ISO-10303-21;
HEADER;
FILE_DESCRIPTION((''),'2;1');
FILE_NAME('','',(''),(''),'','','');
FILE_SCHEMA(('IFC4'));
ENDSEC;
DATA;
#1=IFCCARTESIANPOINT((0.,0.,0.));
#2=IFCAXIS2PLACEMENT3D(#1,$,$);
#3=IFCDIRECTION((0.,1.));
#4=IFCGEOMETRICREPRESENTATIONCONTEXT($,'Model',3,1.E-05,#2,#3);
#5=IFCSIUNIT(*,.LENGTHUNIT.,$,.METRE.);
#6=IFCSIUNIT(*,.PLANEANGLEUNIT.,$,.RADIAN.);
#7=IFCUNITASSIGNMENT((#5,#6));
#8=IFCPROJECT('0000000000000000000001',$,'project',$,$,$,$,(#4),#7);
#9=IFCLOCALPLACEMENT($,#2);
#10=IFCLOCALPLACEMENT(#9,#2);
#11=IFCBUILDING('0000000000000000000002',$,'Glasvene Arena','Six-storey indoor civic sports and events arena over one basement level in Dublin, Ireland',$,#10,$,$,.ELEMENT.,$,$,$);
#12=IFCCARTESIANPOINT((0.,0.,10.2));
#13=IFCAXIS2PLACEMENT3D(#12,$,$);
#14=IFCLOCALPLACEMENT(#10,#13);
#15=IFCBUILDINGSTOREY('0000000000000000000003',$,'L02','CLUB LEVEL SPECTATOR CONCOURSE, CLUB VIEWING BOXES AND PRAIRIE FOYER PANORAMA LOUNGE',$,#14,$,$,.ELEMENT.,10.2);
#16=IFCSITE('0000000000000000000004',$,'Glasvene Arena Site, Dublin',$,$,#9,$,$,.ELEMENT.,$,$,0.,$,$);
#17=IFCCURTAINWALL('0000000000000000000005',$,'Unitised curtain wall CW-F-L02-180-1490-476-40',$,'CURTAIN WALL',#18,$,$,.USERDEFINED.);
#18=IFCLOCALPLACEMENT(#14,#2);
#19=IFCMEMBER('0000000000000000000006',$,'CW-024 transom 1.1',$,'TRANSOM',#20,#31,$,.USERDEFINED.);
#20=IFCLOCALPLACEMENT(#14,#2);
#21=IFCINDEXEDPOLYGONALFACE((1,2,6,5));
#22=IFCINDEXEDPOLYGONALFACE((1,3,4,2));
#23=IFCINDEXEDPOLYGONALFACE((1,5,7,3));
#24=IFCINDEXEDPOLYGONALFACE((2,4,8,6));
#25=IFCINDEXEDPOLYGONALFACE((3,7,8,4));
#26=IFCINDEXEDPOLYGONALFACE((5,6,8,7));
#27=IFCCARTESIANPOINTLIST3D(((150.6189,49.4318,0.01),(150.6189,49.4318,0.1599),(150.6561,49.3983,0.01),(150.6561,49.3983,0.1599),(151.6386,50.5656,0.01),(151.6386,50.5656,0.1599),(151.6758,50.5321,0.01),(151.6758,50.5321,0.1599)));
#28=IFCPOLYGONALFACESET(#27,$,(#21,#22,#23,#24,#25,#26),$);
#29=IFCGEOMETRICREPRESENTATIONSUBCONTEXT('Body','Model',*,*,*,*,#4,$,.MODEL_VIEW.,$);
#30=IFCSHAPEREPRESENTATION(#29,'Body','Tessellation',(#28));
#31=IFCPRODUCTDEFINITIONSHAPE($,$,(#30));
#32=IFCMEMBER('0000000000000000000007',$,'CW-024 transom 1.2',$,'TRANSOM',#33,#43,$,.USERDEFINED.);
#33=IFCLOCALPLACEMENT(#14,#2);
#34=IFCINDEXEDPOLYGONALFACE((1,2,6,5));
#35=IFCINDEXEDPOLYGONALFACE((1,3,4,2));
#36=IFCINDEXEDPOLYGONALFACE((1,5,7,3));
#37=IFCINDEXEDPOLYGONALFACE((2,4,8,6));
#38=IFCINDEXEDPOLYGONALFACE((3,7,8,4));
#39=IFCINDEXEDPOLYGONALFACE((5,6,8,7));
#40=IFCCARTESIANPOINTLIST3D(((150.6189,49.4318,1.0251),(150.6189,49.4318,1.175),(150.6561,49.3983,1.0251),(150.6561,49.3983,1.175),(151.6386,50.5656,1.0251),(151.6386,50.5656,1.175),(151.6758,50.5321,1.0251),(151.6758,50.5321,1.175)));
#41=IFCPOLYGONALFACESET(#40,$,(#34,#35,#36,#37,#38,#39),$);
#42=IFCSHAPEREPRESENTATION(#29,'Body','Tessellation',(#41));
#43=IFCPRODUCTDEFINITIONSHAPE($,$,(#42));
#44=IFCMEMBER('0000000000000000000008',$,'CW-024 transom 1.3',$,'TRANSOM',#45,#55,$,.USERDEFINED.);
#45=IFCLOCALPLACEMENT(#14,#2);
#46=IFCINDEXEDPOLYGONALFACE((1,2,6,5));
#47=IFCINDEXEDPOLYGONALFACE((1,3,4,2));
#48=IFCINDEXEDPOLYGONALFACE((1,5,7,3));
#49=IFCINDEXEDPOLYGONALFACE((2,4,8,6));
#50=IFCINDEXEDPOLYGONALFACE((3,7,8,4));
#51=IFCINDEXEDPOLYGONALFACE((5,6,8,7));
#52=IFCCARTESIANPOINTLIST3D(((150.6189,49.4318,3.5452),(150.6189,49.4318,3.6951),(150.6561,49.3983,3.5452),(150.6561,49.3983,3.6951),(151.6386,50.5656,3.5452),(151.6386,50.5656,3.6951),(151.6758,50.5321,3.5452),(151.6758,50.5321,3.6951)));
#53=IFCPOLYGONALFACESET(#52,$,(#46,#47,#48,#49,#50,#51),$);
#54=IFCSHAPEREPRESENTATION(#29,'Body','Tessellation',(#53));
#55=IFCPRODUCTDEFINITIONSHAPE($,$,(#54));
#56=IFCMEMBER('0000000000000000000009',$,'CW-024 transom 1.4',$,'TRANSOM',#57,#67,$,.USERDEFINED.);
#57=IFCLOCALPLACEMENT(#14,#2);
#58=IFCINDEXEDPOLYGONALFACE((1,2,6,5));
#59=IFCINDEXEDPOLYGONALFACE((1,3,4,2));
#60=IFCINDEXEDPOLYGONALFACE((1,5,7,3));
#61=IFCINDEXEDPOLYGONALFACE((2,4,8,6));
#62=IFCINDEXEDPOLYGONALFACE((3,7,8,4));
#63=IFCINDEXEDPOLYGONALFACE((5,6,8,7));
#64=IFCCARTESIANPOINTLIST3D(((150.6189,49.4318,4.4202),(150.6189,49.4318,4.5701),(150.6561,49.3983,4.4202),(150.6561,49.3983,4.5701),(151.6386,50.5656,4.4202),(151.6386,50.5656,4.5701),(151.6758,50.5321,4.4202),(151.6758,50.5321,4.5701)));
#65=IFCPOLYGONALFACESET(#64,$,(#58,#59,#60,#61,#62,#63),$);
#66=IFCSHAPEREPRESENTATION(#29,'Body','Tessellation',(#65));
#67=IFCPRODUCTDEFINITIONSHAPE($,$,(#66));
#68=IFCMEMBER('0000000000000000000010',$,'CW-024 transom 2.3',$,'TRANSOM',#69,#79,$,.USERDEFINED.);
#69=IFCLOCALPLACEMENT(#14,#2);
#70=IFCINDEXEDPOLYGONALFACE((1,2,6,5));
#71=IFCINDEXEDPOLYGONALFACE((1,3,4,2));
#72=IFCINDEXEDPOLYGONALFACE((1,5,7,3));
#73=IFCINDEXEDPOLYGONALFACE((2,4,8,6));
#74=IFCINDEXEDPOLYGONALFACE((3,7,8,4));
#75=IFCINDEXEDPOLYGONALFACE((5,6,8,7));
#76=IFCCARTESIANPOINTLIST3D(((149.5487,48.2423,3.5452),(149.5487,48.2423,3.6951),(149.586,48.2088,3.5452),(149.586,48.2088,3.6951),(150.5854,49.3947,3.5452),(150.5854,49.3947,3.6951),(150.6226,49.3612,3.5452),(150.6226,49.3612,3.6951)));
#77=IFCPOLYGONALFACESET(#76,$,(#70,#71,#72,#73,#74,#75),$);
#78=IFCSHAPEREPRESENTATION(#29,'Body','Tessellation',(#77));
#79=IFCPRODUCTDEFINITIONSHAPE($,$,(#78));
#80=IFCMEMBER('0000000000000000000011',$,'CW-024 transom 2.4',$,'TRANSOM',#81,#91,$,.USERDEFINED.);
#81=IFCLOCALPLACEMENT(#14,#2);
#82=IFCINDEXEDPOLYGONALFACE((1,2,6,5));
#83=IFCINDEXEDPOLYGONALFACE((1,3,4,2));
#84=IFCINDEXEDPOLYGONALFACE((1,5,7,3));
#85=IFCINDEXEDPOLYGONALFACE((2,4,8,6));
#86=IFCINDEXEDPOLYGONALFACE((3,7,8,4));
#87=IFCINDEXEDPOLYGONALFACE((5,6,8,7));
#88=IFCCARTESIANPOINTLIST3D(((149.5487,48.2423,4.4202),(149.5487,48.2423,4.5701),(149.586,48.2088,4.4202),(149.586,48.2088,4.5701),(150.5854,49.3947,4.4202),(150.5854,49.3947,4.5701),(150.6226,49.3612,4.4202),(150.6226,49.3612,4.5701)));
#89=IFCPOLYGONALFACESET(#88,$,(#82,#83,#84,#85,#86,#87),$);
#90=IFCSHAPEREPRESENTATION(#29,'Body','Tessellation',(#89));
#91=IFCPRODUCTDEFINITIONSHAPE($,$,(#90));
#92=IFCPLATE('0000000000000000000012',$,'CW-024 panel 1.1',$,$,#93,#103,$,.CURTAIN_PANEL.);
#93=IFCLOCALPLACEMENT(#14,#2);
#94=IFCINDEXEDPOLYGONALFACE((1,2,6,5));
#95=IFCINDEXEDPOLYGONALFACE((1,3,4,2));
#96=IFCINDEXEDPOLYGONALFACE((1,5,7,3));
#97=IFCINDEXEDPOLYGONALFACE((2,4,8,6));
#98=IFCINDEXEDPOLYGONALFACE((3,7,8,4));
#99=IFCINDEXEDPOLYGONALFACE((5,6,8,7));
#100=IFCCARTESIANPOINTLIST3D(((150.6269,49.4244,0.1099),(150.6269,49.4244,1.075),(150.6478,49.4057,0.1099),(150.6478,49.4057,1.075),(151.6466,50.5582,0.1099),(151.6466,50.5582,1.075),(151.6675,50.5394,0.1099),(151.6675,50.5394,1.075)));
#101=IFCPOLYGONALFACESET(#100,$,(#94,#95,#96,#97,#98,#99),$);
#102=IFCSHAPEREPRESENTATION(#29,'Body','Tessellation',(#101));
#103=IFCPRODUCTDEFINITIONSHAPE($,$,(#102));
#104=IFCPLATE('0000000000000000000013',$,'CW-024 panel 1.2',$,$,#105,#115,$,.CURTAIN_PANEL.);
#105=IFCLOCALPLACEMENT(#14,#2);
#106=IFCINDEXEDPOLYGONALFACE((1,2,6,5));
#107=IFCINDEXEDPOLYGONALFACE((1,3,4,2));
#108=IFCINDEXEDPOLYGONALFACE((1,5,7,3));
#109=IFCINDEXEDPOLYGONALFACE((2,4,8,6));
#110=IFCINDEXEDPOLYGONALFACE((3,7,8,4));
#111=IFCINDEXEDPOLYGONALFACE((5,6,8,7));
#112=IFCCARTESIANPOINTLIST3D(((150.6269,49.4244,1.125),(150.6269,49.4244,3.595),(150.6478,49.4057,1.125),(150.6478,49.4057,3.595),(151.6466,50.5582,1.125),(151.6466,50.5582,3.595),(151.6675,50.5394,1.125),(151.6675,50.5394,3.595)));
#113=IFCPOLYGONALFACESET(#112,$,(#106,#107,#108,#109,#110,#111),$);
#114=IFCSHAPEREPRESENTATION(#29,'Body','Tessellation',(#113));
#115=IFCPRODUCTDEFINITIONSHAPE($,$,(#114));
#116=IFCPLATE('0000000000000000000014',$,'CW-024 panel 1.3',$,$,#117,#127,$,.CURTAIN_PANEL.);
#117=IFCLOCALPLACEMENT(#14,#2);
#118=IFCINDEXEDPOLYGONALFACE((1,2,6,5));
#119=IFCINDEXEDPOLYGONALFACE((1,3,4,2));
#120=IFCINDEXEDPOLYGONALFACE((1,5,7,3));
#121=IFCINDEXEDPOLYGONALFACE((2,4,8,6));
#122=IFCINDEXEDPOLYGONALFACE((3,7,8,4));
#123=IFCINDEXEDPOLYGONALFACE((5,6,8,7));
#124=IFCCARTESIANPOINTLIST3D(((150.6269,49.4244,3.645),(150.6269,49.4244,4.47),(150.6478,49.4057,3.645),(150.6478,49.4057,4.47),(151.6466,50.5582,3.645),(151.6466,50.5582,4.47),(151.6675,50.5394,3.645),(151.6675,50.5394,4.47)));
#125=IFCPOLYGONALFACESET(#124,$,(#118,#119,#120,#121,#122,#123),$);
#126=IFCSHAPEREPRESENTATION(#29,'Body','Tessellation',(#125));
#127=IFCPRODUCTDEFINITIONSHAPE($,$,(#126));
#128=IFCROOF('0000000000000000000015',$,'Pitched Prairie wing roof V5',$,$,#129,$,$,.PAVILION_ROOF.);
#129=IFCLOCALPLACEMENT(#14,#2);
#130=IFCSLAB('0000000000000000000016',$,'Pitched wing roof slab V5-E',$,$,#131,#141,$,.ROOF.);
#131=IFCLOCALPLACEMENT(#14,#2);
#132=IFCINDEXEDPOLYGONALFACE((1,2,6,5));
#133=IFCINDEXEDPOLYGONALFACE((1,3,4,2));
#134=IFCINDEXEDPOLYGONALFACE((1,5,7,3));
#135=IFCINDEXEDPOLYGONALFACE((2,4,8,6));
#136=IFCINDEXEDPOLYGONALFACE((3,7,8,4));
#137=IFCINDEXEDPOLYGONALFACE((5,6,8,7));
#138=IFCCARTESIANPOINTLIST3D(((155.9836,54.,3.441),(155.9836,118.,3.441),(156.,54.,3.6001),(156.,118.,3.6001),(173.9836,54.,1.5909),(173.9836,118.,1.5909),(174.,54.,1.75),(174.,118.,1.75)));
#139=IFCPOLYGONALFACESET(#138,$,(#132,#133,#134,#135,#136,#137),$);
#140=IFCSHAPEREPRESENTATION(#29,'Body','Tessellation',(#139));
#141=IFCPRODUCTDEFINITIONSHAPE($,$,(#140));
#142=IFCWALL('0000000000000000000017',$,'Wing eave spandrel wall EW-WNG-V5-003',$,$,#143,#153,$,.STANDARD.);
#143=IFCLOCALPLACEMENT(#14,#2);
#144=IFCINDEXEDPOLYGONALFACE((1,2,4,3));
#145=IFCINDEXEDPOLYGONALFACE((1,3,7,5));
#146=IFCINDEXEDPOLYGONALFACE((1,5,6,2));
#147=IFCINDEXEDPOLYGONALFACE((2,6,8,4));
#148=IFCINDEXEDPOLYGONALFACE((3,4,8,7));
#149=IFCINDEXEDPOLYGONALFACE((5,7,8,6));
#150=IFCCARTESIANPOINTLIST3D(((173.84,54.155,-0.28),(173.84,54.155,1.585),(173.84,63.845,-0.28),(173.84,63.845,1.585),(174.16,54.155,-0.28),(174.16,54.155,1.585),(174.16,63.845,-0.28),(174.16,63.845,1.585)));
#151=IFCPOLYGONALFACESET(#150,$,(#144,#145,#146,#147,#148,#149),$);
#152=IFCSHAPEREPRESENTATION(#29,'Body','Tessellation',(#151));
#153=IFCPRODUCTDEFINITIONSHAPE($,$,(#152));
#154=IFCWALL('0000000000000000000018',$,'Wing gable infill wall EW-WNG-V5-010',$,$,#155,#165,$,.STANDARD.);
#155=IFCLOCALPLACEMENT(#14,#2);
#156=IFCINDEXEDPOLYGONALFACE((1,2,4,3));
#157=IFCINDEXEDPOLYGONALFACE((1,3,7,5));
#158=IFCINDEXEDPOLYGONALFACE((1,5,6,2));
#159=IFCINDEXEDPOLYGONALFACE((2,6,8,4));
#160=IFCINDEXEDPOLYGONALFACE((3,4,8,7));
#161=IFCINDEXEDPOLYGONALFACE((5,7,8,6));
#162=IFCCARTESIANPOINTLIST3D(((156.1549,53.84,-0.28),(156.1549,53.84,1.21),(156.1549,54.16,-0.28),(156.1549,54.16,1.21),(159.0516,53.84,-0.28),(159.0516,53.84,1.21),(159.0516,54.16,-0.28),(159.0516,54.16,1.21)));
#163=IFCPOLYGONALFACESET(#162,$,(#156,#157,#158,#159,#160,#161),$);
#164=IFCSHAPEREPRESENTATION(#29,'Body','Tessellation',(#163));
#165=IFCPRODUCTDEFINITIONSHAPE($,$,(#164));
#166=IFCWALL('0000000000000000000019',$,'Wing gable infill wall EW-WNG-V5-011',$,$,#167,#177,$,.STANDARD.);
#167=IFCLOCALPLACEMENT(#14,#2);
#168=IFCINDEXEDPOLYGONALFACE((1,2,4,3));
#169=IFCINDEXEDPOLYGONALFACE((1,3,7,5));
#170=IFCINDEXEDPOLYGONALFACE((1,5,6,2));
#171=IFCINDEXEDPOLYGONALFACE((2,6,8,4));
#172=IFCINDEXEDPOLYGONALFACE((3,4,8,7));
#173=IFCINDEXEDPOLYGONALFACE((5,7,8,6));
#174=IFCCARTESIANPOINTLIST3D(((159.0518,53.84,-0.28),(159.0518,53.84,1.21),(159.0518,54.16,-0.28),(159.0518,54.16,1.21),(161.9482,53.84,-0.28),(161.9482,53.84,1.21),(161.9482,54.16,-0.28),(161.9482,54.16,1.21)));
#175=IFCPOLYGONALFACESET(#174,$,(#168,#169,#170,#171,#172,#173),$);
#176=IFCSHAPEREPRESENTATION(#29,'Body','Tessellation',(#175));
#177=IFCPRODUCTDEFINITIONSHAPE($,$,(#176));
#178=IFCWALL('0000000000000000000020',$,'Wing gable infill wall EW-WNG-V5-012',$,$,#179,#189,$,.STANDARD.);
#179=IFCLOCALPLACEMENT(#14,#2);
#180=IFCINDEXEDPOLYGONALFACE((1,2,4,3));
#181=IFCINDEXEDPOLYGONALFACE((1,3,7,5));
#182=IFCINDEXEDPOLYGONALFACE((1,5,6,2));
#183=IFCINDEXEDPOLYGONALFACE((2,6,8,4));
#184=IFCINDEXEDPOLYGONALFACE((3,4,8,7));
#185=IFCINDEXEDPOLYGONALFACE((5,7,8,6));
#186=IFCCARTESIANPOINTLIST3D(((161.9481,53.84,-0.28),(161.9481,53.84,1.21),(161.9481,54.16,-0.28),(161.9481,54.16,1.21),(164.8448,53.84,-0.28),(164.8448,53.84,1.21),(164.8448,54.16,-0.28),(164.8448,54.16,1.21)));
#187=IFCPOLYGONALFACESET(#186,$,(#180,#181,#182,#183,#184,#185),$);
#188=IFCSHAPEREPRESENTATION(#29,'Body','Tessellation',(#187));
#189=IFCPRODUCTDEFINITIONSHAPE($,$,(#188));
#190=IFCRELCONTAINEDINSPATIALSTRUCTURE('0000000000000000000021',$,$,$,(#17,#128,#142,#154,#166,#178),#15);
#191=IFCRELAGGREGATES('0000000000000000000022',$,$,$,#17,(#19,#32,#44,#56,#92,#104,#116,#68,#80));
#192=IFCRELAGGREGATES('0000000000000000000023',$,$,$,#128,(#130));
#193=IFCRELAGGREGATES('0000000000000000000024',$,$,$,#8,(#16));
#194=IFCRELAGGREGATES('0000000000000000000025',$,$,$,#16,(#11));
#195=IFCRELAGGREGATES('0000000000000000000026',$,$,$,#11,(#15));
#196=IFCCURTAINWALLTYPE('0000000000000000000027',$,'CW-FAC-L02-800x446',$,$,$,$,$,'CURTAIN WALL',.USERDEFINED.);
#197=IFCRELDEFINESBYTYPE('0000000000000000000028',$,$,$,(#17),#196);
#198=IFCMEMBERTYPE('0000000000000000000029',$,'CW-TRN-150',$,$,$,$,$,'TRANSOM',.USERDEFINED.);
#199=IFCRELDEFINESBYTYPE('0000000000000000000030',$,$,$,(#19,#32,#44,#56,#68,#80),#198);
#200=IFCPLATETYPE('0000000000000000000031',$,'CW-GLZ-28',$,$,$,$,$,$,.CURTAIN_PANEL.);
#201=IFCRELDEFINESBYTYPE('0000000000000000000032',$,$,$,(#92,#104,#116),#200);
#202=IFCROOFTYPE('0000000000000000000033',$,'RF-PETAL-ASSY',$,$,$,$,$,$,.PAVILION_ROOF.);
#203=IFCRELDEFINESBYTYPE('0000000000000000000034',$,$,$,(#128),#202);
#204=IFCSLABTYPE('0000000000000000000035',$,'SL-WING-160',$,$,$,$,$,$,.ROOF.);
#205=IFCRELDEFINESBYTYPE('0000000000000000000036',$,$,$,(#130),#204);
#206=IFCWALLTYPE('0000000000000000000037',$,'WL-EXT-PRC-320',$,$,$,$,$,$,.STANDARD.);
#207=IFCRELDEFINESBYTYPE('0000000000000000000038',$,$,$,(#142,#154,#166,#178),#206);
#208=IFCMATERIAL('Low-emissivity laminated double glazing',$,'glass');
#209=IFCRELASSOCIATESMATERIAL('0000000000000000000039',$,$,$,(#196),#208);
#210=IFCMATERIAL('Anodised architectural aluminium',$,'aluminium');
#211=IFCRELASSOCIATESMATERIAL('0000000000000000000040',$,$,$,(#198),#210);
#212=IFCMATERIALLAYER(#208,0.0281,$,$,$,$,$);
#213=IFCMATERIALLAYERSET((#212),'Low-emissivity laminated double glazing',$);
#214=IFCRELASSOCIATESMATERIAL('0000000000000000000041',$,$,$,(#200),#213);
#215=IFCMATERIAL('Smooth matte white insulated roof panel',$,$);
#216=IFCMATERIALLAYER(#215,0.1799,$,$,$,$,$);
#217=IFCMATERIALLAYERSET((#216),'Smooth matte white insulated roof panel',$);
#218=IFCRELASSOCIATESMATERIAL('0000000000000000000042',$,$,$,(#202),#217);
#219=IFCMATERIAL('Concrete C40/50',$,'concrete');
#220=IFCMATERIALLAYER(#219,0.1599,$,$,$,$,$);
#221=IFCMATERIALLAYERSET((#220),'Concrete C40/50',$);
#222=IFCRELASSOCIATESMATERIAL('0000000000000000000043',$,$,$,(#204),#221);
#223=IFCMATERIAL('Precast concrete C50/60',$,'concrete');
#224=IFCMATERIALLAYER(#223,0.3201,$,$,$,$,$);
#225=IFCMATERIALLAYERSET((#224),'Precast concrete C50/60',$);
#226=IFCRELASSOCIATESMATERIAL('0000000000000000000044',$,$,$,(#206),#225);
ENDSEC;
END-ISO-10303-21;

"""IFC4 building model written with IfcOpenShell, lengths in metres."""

from ifc_helpers import new_model, si_unit, direction, frame, frame_2d, origin, origin_2d, place, context, subcontext, project, spatial, polyline, rectangle, outline, extrude, material, layer, layer_set, material_profile, profile_set, type_object, element, aggregate, save


model = new_model("IFC4")

# Units and contexts
model_context = context("Model", 3, precision=1e-05, world=origin(), true_north=direction((0.0, 1.0)))
body_context = subcontext(model_context, "Body", "Model", "MODEL_VIEW")
ifc_project = project(units=[si_unit("LENGTHUNIT", "METRE"), si_unit("PLANEANGLEUNIT", "RADIAN")], contexts=[model_context])

# Site, building, storey
site_placement = place(None, origin())
site = spatial("IfcSite", under=ifc_project, at=site_placement, Name="Glasvene Arena Site, Dublin", CompositionType="ELEMENT", RefElevation=0.0)
building_placement = place(site_placement, origin())
building = spatial("IfcBuilding", under=site, at=building_placement, Name="Glasvene Arena", Description="Six-storey indoor civic sports and events arena over one basement level in Dublin, Ireland", CompositionType="ELEMENT")
storey_placement = place(building_placement, frame((0.0, 0.0, 10.2)))
storey = spatial("IfcBuildingStorey", under=building, at=storey_placement, Name="L02", Description="CLUB LEVEL SPECTATOR CONCOURSE, CLUB VIEWING BOXES AND PRAIRIE FOYER PANORAMA LOUNGE", CompositionType="ELEMENT", Elevation=10.2)

# Curtain wall, members, plates
ifc_material_1 = material(Name="Low-emissivity laminated double glazing", Category="glass")
curtain_wall_type = type_object("IfcCurtainWallType", Name="CW-FAC-L02-800x446", ElementType="CURTAIN WALL", PredefinedType="USERDEFINED", material=ifc_material_1)
curtain_wall_placement = place(storey_placement, frame((151.6907, 50.5862, 0.0)))
curtain_wall = element("IfcCurtainWall", 1, at=curtain_wall_placement, inside=storey, type_object=curtain_wall_type, Name="Unitised curtain wall CW-F-L02-180-1490-476-40", ObjectType="CURTAIN WALL", PredefinedType="USERDEFINED")
ifc_material_2 = material(Name="Anodised architectural aluminium", Category="aluminium")
ifc_material_profile_1 = material_profile(ifc_material_2, rectangle(XDim=0.05, YDim=0.1499, at=origin_2d()), Name="ALU TRANSOM 50x150")
ifc_profile_set_1 = profile_set([ifc_material_profile_1], Name="Anodised architectural aluminium")
member_type_1 = type_object("IfcMemberType", Name="CW-TRN-150", ElementType="TRANSOM", PredefinedType="USERDEFINED", material=ifc_profile_set_1)
member_1_placement = place(storey_placement, frame((151.6572, 50.5488, 0.085), z_axis=(-0.668735, -0.743501, 0.0), x_axis=(0.743501, -0.668735, 0.0)))
member_1 = element("IfcMember", 2, at=member_1_placement, type_object=member_type_1, Name="CW-024 transom 1.1", ObjectType="TRANSOM", PredefinedType="USERDEFINED", context=body_context, shape_type="SweptSolid", body=[
    extrude(rectangle(XDim=0.05, YDim=0.1499, at=origin_2d()), origin(), (0.0, 0.0, 1.0), 1.5249),
])
member_2_placement = place(storey_placement, frame((151.6572, 50.5488, 1.1001), z_axis=(-0.668735, -0.743501, 0.0), x_axis=(0.743501, -0.668735, 0.0)))
member_2 = element("IfcMember", 3, at=member_2_placement, type_object=member_type_1, Name="CW-024 transom 1.2", ObjectType="TRANSOM", PredefinedType="USERDEFINED", context=body_context, shape_type="SweptSolid", body=[
    extrude(rectangle(XDim=0.05, YDim=0.1499, at=origin_2d()), origin(), (0.0, 0.0, 1.0), 1.5249),
])
member_3_placement = place(storey_placement, frame((151.6572, 50.5488, 3.6201), z_axis=(-0.668735, -0.743501, 0.0), x_axis=(0.743501, -0.668735, 0.0)))
member_3 = element("IfcMember", 4, at=member_3_placement, type_object=member_type_1, Name="CW-024 transom 1.3", ObjectType="TRANSOM", PredefinedType="USERDEFINED", context=body_context, shape_type="SweptSolid", body=[
    extrude(rectangle(XDim=0.05, YDim=0.1499, at=origin_2d()), origin(), (0.0, 0.0, 1.0), 1.5249),
])
member_4_placement = place(storey_placement, frame((151.6572, 50.5488, 4.4951), z_axis=(-0.668735, -0.743501, 0.0), x_axis=(0.743501, -0.668735, 0.0)))
member_4 = element("IfcMember", 5, at=member_4_placement, type_object=member_type_1, Name="CW-024 transom 1.4", ObjectType="TRANSOM", PredefinedType="USERDEFINED", context=body_context, shape_type="SweptSolid", body=[
    extrude(rectangle(XDim=0.05, YDim=0.1499, at=origin_2d()), origin(), (0.0, 0.0, 1.0), 1.5249),
])
member_5_placement = place(storey_placement, frame((150.604, 49.3779, 3.6201), z_axis=(-0.668791, -0.743451, 0.0), x_axis=(0.743451, -0.668791, 0.0)))
member_5 = element("IfcMember", 6, at=member_5_placement, type_object=member_type_1, Name="CW-024 transom 2.3", ObjectType="TRANSOM", PredefinedType="USERDEFINED", context=body_context, shape_type="SweptSolid", body=[
    extrude(rectangle(XDim=0.05, YDim=0.1499, at=origin_2d()), origin(), (0.0, 0.0, 1.0), 1.55),
])
member_6_placement = place(storey_placement, frame((150.604, 49.3779, 4.4951), z_axis=(-0.668791, -0.743451, 0.0), x_axis=(0.743451, -0.668791, 0.0)))
member_6 = element("IfcMember", 7, at=member_6_placement, type_object=member_type_1, Name="CW-024 transom 2.4", ObjectType="TRANSOM", PredefinedType="USERDEFINED", context=body_context, shape_type="SweptSolid", body=[
    extrude(rectangle(XDim=0.05, YDim=0.1499, at=origin_2d()), origin(), (0.0, 0.0, 1.0), 1.55),
])
ifc_layer_1 = layer(ifc_material_1, 0.0281)
ifc_layer_set_1 = layer_set([ifc_layer_1], Name="Low-emissivity laminated double glazing")
plate_type = type_object("IfcPlateType", Name="CW-GLZ-28", PredefinedType="CURTAIN_PANEL", material=ifc_layer_set_1)
plate_1_placement = place(storey_placement, frame((151.1472, 49.9819, 0.1099), z_axis=(0.0, 0.0, 1.0), x_axis=(-0.668723, -0.743512, 0.0)))
plate_1 = element("IfcPlate", 8, at=plate_1_placement, type_object=plate_type, Name="CW-024 panel 1.1", PredefinedType="CURTAIN_PANEL", context=body_context, shape_type="SweptSolid", body=[
    extrude(rectangle(XDim=1.5249, YDim=0.0281, at=origin_2d()), origin(), (0.0, 0.0, 1.0), 0.9651),
])
plate_2_placement = place(storey_placement, frame((151.1472, 49.9819, 1.125), z_axis=(0.0, 0.0, 1.0), x_axis=(-0.668723, -0.743512, 0.0)))
plate_2 = element("IfcPlate", 9, at=plate_2_placement, type_object=plate_type, Name="CW-024 panel 1.2", PredefinedType="CURTAIN_PANEL", context=body_context, shape_type="SweptSolid", body=[
    extrude(rectangle(XDim=1.5249, YDim=0.0281, at=origin_2d()), origin(), (0.0, 0.0, 1.0), 2.47),
])
plate_3_placement = place(storey_placement, frame((151.1472, 49.9819, 3.645), z_axis=(0.0, 0.0, 1.0), x_axis=(-0.668723, -0.743512, 0.0)))
plate_3 = element("IfcPlate", 10, at=plate_3_placement, type_object=plate_type, Name="CW-024 panel 1.3", PredefinedType="CURTAIN_PANEL", context=body_context, shape_type="SweptSolid", body=[
    extrude(rectangle(XDim=1.5249, YDim=0.0281, at=origin_2d()), origin(), (0.0, 0.0, 1.0), 0.825),
])
aggregate(curtain_wall, [member_1, member_2, member_3, member_4, plate_1, plate_2, plate_3, member_5, member_6])

# Shared definitions
ifc_material_3 = material(Name="Concrete C40/50", Category="concrete")

# Roof, slab
ifc_material_4 = material(Name="Smooth matte white insulated roof panel")
ifc_layer_2 = layer(ifc_material_4, 0.1799)
ifc_layer_set_2 = layer_set([ifc_layer_2], Name="Smooth matte white insulated roof panel")
roof_type = type_object("IfcRoofType", Name="RF-PETAL-ASSY", PredefinedType="PAVILION_ROOF", material=ifc_layer_set_2)
roof_placement = place(storey_placement, frame((156.0, 86.0, 1.75)))
roof = element("IfcRoof", 11, at=roof_placement, inside=storey, type_object=roof_type, Name="Pitched Prairie wing roof V5", PredefinedType="PAVILION_ROOF")
ifc_layer_3 = layer(ifc_material_3, 0.1599)
ifc_layer_set_3 = layer_set([ifc_layer_3], Name="Concrete C40/50")
slab_type_1 = type_object("IfcSlabType", Name="SL-WING-160", PredefinedType="ROOF", material=ifc_layer_set_3)
slab_1_placement = place(storey_placement, frame((156.0, 54.0, 3.6001), z_axis=(0.102245, 0.0, 0.994759), x_axis=(0.994759, 0.0, -0.102245)))
slab_1 = element("IfcSlab", 12, at=slab_1_placement, type_object=slab_type_1, Name="Pitched wing roof slab V5-E", PredefinedType="ROOF", context=body_context, shape_type="SweptSolid", body=[
    extrude(outline(polyline([(0.0, 0.0), (18.0948, 0.0), (18.0948, 64.0), (0.0, 64.0), (0.0, 0.0)])), origin(), (0.0, 0.0, -1.0), 0.1599),
])
aggregate(roof, [slab_1])

# Shared definitions
ifc_material_5 = material(Name="Precast concrete C50/60", Category="concrete")
ifc_layer_4 = layer(ifc_material_5, 0.3201)
ifc_layer_set_4 = layer_set([ifc_layer_4], Name="Precast concrete C50/60")
wall_type = type_object("IfcWallType", Name="WL-EXT-PRC-320", PredefinedType="STANDARD", material=ifc_layer_set_4)

# Walls
wall_1_placement = place(storey_placement, frame((174.0, 54.155, -0.28), z_axis=(0.0, 0.0, 1.0), x_axis=(0.0, 1.0, 0.0)))
element("IfcWall", 13, at=wall_1_placement, inside=storey, type_object=wall_type, Name="Wing eave spandrel wall EW-WNG-V5-003", PredefinedType="STANDARD", context=body_context, shape_type="SweptSolid", body=[
    extrude(rectangle(XDim=9.6899, YDim=0.3201, at=frame_2d((4.845, 0.0))), origin(), (0.0, 0.0, 1.0), 1.865),
])
wall_2_placement = place(storey_placement, frame((156.155, 54.0, -0.28), z_axis=(0.0, 0.0, 1.0), x_axis=(1.0, 0.0, 0.0)))
element("IfcWall", 14, at=wall_2_placement, inside=storey, type_object=wall_type, Name="Wing gable infill wall EW-WNG-V5-010", PredefinedType="STANDARD", context=body_context, shape_type="SweptSolid", body=[
    extrude(rectangle(XDim=2.8967, YDim=0.3201, at=frame_2d((1.4482, 0.0))), origin(), (0.0, 0.0, 1.0), 1.49),
])
wall_3_placement = place(storey_placement, frame((159.0518, 54.0, -0.28), z_axis=(0.0, 0.0, 1.0), x_axis=(1.0, 0.0, 0.0)))
element("IfcWall", 15, at=wall_3_placement, inside=storey, type_object=wall_type, Name="Wing gable infill wall EW-WNG-V5-011", PredefinedType="STANDARD", context=body_context, shape_type="SweptSolid", body=[
    extrude(rectangle(XDim=2.8965, YDim=0.3201, at=frame_2d((1.4482, 0.0))), origin(), (0.0, 0.0, 1.0), 1.49),
])
for number, where, z_axis, x_axis, name in (
    (16, (161.9482, 54.0, -0.28), (0.0, 0.0, 1.0), (1.0, 0.0, 0.0), "Wing gable infill wall EW-WNG-V5-012"),
):
    element("IfcWall", number, at=place(storey_placement, frame(where, z_axis=z_axis, x_axis=x_axis)), inside=storey, type_object=wall_type, Name=name, PredefinedType="STANDARD", context=body_context, shape_type="SweptSolid", body=[
        extrude(rectangle(XDim=2.8967, YDim=0.3201, at=frame_2d((1.4482, 0.0))), origin(), (0.0, 0.0, 1.0), 1.49),
    ])

save(model, "model.ifc")
